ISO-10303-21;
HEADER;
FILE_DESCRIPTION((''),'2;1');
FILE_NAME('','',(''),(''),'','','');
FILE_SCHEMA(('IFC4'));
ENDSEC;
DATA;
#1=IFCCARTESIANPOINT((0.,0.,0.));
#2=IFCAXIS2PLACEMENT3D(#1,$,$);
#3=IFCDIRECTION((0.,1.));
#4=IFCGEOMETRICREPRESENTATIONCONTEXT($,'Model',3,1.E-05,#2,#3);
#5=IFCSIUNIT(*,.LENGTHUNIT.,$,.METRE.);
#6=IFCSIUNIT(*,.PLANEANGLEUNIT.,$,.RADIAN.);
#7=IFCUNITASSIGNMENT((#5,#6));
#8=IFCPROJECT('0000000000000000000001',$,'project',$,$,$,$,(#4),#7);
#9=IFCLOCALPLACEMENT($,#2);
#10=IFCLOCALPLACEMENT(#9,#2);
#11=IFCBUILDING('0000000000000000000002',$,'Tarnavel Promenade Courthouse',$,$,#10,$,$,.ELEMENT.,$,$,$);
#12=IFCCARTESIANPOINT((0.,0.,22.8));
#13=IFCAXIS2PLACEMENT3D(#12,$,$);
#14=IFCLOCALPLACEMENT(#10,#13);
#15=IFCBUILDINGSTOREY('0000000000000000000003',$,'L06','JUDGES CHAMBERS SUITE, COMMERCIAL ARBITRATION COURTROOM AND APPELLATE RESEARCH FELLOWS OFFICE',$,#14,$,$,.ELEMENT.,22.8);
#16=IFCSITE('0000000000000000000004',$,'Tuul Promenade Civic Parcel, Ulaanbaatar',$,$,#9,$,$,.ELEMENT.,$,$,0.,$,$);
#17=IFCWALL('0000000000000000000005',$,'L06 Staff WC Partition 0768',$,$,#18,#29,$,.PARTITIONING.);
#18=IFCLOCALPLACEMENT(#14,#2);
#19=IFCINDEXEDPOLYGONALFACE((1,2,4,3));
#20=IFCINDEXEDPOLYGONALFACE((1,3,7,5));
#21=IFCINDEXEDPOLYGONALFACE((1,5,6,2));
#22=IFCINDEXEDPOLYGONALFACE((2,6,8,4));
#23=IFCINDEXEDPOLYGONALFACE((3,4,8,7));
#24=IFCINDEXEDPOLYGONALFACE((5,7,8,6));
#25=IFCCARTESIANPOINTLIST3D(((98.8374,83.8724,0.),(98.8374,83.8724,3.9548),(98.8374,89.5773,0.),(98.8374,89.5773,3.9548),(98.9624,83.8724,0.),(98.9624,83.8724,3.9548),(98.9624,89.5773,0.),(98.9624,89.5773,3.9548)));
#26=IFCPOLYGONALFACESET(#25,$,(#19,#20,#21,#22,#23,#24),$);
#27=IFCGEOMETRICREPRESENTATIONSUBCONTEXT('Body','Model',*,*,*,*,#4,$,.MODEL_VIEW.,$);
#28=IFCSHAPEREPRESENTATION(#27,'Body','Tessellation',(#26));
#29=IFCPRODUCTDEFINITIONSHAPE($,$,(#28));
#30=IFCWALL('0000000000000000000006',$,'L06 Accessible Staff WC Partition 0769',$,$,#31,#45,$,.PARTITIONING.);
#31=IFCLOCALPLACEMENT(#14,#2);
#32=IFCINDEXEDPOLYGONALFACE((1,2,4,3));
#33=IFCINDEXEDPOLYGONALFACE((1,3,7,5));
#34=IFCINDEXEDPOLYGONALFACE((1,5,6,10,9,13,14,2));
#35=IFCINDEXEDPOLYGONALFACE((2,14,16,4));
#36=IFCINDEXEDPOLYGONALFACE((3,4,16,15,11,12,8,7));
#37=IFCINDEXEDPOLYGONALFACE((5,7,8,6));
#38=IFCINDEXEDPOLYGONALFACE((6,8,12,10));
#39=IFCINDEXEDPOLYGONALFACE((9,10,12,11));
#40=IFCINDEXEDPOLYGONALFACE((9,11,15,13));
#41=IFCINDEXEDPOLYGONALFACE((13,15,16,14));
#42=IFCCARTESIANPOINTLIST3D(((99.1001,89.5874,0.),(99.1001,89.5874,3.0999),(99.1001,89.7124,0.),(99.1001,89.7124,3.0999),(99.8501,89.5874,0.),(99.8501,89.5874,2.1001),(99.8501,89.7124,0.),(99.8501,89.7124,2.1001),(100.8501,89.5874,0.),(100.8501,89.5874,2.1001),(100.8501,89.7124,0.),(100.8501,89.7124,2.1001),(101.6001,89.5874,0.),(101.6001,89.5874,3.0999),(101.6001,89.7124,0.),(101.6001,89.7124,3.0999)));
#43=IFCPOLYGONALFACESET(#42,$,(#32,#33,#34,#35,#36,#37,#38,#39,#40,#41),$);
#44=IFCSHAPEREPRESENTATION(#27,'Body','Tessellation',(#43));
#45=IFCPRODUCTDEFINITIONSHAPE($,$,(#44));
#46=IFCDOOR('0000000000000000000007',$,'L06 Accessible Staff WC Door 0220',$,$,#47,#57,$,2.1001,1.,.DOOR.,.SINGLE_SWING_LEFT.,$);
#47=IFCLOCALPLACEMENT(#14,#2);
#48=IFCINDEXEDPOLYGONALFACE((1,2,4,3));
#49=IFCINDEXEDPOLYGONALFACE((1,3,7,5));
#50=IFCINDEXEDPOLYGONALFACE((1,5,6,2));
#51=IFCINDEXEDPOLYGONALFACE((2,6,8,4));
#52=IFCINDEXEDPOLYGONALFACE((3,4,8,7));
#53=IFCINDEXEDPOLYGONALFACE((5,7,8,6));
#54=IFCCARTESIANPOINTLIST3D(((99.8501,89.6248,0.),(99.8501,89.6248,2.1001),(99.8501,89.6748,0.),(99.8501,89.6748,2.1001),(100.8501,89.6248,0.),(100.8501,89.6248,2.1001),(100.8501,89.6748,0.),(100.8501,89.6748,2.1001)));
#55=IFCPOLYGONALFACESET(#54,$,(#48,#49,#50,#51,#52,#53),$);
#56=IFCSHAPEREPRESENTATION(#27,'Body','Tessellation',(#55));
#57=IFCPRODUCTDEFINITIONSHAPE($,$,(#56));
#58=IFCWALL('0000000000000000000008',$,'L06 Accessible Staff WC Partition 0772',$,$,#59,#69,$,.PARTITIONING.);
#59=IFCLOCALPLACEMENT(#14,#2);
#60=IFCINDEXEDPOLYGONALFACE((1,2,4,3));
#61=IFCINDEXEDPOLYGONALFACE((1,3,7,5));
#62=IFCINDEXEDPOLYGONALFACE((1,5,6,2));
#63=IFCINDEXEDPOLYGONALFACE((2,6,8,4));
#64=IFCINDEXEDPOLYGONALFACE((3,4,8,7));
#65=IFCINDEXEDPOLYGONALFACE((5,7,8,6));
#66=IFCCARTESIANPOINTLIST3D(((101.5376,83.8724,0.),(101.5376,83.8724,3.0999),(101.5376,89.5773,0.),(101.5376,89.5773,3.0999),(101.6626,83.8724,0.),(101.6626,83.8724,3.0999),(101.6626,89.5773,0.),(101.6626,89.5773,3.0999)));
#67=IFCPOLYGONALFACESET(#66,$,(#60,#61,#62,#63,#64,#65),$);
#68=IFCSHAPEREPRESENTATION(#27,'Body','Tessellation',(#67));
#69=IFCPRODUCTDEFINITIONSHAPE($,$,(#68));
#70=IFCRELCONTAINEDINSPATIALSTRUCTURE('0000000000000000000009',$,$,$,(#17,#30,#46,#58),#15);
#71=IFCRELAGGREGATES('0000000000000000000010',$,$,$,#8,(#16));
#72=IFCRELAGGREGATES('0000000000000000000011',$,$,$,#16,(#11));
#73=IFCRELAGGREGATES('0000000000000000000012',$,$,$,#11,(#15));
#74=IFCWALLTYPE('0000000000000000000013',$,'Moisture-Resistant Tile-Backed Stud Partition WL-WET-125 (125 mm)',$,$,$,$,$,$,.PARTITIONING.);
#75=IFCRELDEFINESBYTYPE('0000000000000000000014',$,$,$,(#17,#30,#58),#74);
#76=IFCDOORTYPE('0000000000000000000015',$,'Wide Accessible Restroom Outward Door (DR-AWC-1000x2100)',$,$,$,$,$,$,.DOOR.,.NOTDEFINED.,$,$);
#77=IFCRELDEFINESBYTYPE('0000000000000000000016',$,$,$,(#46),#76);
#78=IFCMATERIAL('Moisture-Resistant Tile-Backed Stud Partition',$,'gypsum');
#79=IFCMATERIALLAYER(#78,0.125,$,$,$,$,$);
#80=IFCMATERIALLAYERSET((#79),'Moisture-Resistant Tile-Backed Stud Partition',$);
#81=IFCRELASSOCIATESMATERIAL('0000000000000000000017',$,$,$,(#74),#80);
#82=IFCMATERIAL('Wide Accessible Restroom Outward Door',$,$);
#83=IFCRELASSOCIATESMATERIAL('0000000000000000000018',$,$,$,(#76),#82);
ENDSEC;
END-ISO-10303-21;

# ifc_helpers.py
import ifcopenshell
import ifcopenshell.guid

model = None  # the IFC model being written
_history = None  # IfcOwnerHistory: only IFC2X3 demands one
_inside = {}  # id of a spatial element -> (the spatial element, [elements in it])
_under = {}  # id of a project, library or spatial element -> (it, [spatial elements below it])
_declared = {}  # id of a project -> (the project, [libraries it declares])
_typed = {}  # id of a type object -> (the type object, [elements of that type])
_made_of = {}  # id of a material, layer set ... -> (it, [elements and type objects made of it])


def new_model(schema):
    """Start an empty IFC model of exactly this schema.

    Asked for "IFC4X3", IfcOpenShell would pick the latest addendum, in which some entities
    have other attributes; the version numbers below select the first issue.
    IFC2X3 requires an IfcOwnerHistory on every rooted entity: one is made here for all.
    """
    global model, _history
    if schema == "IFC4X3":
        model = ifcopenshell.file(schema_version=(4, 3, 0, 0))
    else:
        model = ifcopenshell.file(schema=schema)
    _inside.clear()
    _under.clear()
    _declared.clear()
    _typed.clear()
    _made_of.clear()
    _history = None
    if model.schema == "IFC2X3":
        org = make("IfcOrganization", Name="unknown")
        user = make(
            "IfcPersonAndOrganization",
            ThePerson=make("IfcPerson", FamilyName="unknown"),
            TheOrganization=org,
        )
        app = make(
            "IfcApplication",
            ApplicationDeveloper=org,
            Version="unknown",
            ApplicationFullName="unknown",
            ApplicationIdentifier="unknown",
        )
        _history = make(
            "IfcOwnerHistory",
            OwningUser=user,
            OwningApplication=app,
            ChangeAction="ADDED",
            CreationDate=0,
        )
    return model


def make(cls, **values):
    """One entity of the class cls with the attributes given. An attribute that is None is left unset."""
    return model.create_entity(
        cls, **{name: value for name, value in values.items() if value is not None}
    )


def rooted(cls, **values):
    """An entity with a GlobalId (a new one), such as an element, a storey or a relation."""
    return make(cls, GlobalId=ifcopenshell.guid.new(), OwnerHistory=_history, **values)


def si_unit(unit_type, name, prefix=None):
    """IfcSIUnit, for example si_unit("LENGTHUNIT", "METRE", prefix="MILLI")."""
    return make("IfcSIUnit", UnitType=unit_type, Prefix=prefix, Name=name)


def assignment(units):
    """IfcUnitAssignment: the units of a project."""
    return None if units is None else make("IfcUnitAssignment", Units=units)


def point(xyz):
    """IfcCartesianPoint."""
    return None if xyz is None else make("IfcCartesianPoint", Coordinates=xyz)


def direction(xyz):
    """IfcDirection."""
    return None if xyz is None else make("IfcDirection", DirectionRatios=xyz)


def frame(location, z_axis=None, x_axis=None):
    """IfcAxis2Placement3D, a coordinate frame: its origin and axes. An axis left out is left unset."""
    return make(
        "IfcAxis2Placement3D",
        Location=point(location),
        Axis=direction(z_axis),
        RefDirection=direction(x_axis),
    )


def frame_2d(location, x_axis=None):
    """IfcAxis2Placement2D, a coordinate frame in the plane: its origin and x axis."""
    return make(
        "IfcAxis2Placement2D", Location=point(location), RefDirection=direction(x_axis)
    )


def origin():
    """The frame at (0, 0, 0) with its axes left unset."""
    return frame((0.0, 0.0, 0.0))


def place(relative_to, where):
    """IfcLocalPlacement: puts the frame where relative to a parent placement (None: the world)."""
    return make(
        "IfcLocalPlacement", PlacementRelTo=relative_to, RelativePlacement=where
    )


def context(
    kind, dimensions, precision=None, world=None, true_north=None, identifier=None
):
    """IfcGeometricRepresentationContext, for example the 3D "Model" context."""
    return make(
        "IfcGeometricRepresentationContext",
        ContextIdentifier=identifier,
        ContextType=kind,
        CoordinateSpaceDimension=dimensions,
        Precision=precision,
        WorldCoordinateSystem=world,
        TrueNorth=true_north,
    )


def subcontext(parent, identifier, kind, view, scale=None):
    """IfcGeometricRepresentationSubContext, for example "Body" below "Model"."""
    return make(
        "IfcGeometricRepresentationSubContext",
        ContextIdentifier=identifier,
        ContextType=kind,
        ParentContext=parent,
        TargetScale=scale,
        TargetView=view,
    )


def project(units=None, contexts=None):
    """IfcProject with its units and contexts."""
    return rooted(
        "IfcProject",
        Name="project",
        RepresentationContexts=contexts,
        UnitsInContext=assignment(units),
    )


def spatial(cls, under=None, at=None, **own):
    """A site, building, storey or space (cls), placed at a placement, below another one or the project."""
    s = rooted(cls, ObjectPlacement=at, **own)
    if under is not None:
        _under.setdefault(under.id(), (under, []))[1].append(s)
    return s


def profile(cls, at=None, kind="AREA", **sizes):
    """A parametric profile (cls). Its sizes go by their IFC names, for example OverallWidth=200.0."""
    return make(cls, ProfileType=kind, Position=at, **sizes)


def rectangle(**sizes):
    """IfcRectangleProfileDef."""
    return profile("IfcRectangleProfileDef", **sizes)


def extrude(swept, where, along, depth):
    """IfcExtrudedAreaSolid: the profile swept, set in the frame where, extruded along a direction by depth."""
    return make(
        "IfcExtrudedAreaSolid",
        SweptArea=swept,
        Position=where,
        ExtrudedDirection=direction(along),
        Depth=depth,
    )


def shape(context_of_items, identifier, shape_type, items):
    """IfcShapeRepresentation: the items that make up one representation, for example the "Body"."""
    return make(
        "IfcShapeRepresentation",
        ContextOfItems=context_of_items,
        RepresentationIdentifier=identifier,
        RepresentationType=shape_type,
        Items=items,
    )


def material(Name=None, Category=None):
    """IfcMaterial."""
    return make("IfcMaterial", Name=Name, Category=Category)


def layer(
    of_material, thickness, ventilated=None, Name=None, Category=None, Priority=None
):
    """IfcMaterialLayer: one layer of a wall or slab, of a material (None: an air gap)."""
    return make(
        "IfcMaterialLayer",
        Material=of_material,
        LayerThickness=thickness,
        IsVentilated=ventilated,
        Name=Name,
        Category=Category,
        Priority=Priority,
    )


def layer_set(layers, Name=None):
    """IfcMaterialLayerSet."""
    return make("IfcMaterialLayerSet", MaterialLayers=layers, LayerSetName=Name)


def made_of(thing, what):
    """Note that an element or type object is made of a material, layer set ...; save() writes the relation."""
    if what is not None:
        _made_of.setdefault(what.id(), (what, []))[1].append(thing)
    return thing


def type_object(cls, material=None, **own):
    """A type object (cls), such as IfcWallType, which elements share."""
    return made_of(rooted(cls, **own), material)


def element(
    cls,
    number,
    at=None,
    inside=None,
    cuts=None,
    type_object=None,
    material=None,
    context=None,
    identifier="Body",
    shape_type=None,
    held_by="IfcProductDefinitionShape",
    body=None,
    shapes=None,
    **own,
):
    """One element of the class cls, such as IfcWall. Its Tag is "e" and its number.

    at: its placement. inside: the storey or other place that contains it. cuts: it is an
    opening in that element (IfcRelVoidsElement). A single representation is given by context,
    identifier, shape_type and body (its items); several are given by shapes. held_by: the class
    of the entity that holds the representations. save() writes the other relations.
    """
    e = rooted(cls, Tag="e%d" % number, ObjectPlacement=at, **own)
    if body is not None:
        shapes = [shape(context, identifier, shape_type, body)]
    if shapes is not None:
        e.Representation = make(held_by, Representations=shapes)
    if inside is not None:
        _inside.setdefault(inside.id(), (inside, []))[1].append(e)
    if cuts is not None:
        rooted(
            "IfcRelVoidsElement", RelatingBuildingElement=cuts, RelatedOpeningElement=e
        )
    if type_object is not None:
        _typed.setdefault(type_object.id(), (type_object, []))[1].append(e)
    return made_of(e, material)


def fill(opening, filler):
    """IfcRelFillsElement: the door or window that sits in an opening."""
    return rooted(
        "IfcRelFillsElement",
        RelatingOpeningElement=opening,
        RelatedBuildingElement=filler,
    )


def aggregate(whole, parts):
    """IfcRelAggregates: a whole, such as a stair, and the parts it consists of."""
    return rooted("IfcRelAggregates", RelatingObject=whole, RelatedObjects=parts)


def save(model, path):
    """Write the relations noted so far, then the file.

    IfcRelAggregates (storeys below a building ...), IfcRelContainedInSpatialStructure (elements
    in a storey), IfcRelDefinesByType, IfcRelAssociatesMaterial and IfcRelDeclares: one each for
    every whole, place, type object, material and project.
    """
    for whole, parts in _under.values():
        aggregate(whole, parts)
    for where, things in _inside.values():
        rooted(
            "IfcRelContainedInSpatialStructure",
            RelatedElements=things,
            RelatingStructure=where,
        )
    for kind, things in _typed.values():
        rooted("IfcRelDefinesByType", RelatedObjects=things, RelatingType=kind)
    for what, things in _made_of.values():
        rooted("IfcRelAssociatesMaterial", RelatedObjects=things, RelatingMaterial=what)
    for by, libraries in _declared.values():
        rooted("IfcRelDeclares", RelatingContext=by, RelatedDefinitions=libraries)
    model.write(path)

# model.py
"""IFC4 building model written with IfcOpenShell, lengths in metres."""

from ifc_helpers import new_model, si_unit, direction, frame, frame_2d, origin, place, context, subcontext, project, spatial, rectangle, extrude, material, layer, layer_set, type_object, element, fill, save


model = new_model("IFC4")

# Units and contexts
model_context = context("Model", 3, precision=1e-05, world=origin(), true_north=direction((0.0, 1.0)))
body_context = subcontext(model_context, "Body", "Model", "MODEL_VIEW")
ifc_project = project(units=[si_unit("LENGTHUNIT", "METRE"), si_unit("PLANEANGLEUNIT", "RADIAN")], contexts=[model_context])

# Site, building, storey
site_placement = place(None, origin())
site = spatial("IfcSite", under=ifc_project, at=site_placement, Name="Tuul Promenade Civic Parcel, Ulaanbaatar", CompositionType="ELEMENT", RefElevation=0.0)
building_placement = place(site_placement, origin())
building = spatial("IfcBuilding", under=site, at=building_placement, Name="Tarnavel Promenade Courthouse", CompositionType="ELEMENT")
storey_placement = place(building_placement, frame((0.0, 0.0, 22.8)))
storey = spatial("IfcBuildingStorey", under=building, at=storey_placement, Name="L06", Description="JUDGES CHAMBERS SUITE, COMMERCIAL ARBITRATION COURTROOM AND APPELLATE RESEARCH FELLOWS OFFICE", CompositionType="ELEMENT", Elevation=22.8)

# Shared definitions
ifc_material_1 = material(Name="Moisture-Resistant Tile-Backed Stud Partition", Category="gypsum")
ifc_layer_1 = layer(ifc_material_1, 0.125)
ifc_layer_set_1 = layer_set([ifc_layer_1], Name="Moisture-Resistant Tile-Backed Stud Partition")
wall_type_1 = type_object("IfcWallType", Name="Moisture-Resistant Tile-Backed Stud Partition WL-WET-125 (125 mm)", PredefinedType="PARTITIONING", material=ifc_layer_set_1)

# Wall
wall_1_placement = place(storey_placement, frame((98.8999, 89.5774, 0.0), z_axis=(0.0, 0.0, 1.0), x_axis=(0.0, -1.0, 0.0)))
element("IfcWall", 1, at=wall_1_placement, inside=storey, type_object=wall_type_1, Name="L06 Staff WC Partition 0768", PredefinedType="PARTITIONING", context=body_context, shape_type="SweptSolid", body=[
    extrude(rectangle(XDim=5.7048, YDim=0.125, at=frame_2d((2.8525, 0.0))), origin(), (0.0, 0.0, 1.0), 3.9548),
])

# Wall, opening, door
wall_2_placement = place(storey_placement, frame((99.1001, 89.6499, 0.0), z_axis=(0.0, 0.0, 1.0), x_axis=(1.0, 0.0, 0.0)))
wall_2 = element("IfcWall", 2, at=wall_2_placement, inside=storey, type_object=wall_type_1, Name="L06 Accessible Staff WC Partition 0769", PredefinedType="PARTITIONING", context=body_context, shape_type="SweptSolid", body=[
    extrude(rectangle(XDim=2.5, YDim=0.125, at=frame_2d((1.25, 0.0))), origin(), (0.0, 0.0, 1.0), 3.0999),
])
opening_1_placement = place(wall_2_placement, frame((0.75, 0.0, 0.0)))
opening_1 = element("IfcOpeningElement", 3, at=opening_1_placement, cuts=wall_2, PredefinedType="OPENING", context=body_context, shape_type="SweptSolid", body=[
    extrude(rectangle(XDim=1.0, YDim=2.1001, at=frame_2d((0.5, 1.05))), frame((0.0, 0.0725, 0.0), z_axis=(0.0, -1.0, 0.0), x_axis=(1.0, 0.0, 0.0)), (0.0, 0.0, 1.0), 0.145),
])
ifc_material_2 = material(Name="Wide Accessible Restroom Outward Door")
door_type_1 = type_object("IfcDoorType", Name="Wide Accessible Restroom Outward Door (DR-AWC-1000x2100)", OperationType="NOTDEFINED", PredefinedType="DOOR", material=ifc_material_2)
door_1_placement = place(opening_1_placement, origin())
door_1 = element("IfcDoor", 4, at=door_1_placement, inside=storey, type_object=door_type_1, Name="L06 Accessible Staff WC Door 0220", OperationType="SINGLE_SWING_LEFT", OverallHeight=2.1001, OverallWidth=1.0, PredefinedType="DOOR", context=body_context, shape_type="SweptSolid", body=[
    extrude(rectangle(XDim=1.0, YDim=2.1001, at=frame_2d((0.5, 1.05))), frame((0.0, 0.0249, 0.0), z_axis=(0.0, -1.0, 0.0), x_axis=(1.0, 0.0, 0.0)), (0.0, 0.0, 1.0), 0.05),
])
fill(opening_1, door_1)

# Wall
wall_3_placement = place(storey_placement, frame((101.6001, 89.5774, 0.0), z_axis=(0.0, 0.0, 1.0), x_axis=(0.0, -1.0, 0.0)))
element("IfcWall", 5, at=wall_3_placement, inside=storey, type_object=wall_type_1, Name="L06 Accessible Staff WC Partition 0772", PredefinedType="PARTITIONING", context=body_context, shape_type="SweptSolid", body=[
    extrude(rectangle(XDim=5.7048, YDim=0.125, at=frame_2d((2.8525, 0.0))), origin(), (0.0, 0.0, 1.0), 3.0999),
])

save(model, "model.ifc")
